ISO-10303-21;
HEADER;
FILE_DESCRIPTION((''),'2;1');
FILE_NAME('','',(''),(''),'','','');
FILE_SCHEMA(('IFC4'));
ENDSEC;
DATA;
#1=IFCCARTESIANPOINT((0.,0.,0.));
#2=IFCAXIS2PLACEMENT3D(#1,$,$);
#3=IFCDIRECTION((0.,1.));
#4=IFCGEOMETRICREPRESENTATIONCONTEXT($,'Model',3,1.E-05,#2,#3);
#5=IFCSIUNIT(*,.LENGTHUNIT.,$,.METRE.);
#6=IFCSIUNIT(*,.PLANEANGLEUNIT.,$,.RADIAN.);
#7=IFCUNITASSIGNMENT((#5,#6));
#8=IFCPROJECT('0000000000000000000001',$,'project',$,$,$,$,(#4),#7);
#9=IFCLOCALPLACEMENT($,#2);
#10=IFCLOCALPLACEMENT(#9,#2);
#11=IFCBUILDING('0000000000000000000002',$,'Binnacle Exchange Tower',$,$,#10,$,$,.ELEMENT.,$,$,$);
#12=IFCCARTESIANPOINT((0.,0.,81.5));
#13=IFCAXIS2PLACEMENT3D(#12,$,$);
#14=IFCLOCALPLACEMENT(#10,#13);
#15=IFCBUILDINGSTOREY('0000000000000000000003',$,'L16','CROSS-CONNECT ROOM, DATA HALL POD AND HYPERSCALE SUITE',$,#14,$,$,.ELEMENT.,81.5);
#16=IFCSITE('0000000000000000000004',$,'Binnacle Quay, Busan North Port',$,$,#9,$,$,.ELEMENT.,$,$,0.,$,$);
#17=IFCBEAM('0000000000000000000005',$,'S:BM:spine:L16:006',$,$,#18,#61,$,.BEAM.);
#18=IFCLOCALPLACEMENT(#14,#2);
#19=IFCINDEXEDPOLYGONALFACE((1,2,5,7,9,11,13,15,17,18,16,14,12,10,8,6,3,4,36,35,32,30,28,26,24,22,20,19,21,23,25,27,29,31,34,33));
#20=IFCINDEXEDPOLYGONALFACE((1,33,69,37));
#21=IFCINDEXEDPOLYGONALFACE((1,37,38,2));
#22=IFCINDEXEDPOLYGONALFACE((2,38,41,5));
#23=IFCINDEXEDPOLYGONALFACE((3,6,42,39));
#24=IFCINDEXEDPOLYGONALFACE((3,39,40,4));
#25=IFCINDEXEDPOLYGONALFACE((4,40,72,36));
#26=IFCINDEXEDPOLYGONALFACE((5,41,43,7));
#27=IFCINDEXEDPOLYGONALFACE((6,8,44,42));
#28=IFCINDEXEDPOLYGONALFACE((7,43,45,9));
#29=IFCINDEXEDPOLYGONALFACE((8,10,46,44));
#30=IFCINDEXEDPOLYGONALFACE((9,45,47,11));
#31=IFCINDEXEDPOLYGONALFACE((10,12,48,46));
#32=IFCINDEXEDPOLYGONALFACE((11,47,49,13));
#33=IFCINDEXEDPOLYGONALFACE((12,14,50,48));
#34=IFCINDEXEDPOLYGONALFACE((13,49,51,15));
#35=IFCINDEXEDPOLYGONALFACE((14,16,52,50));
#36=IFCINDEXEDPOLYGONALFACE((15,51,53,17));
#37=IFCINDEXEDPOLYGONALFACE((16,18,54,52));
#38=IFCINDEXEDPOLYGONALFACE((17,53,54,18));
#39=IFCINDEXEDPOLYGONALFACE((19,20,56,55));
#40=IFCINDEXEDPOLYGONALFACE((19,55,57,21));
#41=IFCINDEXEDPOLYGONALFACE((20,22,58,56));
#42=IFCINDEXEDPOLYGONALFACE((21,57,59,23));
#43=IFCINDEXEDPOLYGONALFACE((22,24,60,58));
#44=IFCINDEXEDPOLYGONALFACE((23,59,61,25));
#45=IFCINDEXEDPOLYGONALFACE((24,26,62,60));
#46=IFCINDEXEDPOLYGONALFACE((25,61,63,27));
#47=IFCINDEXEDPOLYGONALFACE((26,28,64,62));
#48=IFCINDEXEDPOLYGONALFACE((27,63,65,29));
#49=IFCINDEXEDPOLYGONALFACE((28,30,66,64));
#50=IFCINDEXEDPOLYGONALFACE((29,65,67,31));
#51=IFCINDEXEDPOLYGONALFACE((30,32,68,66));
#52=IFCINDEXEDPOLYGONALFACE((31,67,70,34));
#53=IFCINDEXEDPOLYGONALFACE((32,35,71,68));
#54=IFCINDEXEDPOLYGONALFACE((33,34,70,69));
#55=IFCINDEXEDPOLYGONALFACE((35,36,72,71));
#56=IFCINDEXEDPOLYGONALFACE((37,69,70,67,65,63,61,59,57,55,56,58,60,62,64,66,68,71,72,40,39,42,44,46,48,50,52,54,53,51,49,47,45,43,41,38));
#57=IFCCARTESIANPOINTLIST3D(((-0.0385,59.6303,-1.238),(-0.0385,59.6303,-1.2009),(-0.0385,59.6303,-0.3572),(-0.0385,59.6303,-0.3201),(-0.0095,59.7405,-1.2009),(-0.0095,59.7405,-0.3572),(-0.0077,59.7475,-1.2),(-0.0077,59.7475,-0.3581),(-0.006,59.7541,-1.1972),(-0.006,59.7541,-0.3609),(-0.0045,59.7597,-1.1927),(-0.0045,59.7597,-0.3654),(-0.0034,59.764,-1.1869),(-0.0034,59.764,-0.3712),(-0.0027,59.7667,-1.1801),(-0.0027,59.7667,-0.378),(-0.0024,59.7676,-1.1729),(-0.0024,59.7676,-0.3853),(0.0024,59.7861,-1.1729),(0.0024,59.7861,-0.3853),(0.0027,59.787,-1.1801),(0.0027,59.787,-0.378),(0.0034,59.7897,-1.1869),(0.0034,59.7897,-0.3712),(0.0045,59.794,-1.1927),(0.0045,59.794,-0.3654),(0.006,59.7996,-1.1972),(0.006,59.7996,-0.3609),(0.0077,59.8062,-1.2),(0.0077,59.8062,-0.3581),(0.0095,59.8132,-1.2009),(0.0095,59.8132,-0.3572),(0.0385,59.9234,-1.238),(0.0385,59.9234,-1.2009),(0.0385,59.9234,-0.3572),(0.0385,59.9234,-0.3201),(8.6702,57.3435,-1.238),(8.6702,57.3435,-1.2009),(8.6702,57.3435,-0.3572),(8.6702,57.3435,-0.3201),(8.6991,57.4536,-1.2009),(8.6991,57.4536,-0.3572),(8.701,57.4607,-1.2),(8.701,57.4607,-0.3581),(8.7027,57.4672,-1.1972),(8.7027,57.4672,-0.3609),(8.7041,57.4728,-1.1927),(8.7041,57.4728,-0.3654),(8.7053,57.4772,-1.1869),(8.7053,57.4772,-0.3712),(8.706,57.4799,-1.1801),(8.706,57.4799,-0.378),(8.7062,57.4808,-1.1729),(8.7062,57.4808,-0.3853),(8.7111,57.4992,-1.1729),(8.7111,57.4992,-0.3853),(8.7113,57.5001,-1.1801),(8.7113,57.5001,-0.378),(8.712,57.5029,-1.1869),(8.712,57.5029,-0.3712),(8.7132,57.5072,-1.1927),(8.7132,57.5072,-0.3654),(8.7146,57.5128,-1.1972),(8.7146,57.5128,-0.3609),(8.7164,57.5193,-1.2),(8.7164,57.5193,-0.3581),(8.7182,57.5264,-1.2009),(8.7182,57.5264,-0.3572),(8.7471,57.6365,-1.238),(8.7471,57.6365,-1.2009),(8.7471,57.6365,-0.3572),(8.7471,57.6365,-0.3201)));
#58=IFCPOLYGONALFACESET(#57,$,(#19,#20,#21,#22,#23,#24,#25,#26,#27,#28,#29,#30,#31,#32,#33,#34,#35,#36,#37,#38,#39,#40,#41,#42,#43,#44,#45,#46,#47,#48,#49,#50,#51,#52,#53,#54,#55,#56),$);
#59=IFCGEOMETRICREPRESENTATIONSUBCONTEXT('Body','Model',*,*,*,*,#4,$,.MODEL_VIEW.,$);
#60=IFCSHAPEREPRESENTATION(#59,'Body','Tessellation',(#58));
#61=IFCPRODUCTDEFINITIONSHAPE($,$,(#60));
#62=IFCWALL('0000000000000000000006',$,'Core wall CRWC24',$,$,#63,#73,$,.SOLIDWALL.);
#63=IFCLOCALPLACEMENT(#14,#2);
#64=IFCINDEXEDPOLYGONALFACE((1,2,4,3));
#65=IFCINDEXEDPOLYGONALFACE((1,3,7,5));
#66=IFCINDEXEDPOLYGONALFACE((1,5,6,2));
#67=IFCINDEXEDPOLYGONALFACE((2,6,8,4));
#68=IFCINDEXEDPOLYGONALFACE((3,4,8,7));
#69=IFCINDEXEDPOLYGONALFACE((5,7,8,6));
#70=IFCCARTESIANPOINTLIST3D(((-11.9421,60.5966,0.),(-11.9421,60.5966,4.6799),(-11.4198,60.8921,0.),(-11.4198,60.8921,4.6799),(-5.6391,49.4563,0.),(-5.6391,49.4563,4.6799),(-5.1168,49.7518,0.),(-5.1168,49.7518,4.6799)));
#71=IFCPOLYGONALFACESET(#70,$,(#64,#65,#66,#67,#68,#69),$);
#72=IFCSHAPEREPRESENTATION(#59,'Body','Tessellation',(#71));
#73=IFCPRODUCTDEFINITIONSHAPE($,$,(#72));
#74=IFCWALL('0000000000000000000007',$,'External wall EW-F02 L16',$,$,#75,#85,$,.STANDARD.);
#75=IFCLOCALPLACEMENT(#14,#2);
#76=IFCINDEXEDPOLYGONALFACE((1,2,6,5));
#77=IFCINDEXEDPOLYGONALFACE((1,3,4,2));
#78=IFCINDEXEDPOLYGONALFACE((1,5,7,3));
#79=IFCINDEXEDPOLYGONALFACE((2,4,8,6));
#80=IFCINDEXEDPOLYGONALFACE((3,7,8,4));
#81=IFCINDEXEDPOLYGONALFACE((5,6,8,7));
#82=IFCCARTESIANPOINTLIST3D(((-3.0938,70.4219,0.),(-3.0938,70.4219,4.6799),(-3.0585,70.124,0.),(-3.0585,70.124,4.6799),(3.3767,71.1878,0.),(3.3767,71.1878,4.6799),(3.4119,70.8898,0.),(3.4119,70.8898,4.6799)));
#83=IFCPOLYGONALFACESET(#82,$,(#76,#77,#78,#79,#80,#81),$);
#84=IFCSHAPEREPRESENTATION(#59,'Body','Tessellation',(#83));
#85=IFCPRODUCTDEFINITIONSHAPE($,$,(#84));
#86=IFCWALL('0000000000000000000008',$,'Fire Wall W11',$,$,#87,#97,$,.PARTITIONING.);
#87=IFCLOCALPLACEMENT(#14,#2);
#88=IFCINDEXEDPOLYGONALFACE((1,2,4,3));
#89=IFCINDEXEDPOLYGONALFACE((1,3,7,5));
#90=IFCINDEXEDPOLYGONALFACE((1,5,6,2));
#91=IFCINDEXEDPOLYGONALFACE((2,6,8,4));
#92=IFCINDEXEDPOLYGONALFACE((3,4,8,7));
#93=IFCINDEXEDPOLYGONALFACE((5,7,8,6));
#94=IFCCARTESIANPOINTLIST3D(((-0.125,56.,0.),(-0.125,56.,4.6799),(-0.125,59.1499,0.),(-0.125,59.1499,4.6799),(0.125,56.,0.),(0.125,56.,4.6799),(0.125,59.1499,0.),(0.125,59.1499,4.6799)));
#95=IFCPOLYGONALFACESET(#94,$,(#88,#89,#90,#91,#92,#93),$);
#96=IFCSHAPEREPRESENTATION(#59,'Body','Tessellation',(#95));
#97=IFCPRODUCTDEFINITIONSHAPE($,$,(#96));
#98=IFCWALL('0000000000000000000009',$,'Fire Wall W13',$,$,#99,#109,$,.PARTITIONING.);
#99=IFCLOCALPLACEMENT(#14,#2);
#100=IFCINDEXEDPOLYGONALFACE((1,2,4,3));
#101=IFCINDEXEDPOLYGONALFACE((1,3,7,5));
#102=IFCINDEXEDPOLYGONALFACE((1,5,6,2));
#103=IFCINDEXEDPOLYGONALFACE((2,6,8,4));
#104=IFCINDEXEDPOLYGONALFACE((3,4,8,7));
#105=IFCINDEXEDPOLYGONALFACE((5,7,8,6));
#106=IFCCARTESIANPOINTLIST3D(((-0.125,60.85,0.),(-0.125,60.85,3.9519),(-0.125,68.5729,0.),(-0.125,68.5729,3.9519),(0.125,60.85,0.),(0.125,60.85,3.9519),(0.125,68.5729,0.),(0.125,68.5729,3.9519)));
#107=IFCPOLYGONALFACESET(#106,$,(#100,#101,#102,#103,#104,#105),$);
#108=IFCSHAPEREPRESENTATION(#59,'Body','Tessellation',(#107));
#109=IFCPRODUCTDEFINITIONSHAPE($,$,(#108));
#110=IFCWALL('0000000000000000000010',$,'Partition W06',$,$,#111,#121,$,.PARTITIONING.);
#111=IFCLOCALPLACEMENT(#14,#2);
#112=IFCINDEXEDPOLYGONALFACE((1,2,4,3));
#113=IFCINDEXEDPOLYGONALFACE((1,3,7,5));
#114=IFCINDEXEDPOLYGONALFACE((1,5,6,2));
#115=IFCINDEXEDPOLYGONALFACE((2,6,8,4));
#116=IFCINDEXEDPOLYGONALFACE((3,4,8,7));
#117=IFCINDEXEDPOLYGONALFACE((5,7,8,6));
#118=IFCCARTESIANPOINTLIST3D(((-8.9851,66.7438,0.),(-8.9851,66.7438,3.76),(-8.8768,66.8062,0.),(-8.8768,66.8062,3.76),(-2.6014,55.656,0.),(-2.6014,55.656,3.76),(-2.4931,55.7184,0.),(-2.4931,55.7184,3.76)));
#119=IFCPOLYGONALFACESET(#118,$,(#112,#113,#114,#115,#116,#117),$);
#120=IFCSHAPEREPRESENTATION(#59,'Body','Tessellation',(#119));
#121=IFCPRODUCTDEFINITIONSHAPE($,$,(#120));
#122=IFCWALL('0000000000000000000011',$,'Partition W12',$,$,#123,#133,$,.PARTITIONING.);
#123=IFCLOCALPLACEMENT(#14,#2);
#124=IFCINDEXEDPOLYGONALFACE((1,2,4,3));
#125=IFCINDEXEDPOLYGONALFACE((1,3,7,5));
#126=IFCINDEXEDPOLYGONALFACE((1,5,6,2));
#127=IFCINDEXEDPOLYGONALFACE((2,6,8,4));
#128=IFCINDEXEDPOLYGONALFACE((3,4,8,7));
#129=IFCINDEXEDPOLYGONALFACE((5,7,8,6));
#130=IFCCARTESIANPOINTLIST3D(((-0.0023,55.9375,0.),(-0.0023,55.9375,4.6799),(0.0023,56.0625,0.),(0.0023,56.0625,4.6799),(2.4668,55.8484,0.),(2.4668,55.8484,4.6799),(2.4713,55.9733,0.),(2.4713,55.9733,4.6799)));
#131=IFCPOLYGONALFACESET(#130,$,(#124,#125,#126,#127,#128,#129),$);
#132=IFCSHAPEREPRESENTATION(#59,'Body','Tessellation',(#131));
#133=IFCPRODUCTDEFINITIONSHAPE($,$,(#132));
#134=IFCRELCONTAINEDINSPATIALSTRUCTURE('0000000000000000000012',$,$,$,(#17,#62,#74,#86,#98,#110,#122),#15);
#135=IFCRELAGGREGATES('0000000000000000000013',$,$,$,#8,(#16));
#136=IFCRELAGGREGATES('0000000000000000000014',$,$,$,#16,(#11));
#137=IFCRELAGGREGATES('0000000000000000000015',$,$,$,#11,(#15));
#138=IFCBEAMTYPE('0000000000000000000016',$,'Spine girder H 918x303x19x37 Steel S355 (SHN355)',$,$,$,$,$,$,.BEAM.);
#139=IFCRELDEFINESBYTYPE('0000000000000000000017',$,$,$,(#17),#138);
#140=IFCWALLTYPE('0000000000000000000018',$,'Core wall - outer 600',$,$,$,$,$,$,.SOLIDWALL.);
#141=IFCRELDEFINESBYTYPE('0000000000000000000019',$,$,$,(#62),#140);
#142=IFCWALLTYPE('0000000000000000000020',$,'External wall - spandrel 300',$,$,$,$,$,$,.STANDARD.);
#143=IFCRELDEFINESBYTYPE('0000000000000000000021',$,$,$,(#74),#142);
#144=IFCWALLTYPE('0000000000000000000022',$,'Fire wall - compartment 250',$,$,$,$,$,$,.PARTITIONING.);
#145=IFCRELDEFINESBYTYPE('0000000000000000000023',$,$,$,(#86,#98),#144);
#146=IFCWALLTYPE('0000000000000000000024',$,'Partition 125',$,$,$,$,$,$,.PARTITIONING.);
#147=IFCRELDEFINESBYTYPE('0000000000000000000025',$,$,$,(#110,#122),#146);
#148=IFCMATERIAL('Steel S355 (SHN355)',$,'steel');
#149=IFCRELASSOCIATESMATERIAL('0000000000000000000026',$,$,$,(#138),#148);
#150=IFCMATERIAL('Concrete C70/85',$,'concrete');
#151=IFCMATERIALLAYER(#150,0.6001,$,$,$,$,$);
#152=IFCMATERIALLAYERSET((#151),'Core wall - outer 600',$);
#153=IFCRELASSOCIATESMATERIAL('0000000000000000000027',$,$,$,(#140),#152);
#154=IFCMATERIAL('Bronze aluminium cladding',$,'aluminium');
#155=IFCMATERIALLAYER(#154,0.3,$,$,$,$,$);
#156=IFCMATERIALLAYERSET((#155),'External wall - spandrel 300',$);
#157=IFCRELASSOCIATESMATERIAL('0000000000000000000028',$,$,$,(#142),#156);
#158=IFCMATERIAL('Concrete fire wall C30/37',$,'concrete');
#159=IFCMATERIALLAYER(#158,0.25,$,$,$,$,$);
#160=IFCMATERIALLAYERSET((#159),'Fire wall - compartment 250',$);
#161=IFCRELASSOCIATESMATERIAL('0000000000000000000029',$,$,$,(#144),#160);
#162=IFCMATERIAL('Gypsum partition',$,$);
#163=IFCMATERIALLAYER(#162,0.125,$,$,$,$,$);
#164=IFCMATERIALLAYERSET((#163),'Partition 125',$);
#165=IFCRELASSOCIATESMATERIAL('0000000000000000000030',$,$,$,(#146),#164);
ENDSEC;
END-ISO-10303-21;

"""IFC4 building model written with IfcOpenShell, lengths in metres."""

from ifc_helpers import new_model, si_unit, direction, frame, frame_2d, origin, origin_2d, place, context, subcontext, project, spatial, rectangle, i_section, extrude, material, layer, layer_set, material_profile, profile_set, type_object, element, save


model = new_model("IFC4")

# Units and contexts
model_context = context("Model", 3, precision=1e-05, world=origin(), true_north=direction((0.0, 1.0)))
body_context = subcontext(model_context, "Body", "Model", "MODEL_VIEW")
ifc_project = project(units=[si_unit("LENGTHUNIT", "METRE"), si_unit("PLANEANGLEUNIT", "RADIAN")], contexts=[model_context])

# Site, building, storey
site_placement = place(None, origin())
site = spatial("IfcSite", under=ifc_project, at=site_placement, Name="Binnacle Quay, Busan North Port", CompositionType="ELEMENT", RefElevation=0.0)
building_placement = place(site_placement, origin())
building = spatial("IfcBuilding", under=site, at=building_placement, Name="Binnacle Exchange Tower", CompositionType="ELEMENT")
storey_placement = place(building_placement, frame((0.0, 0.0, 81.5)))
storey = spatial("IfcBuildingStorey", under=building, at=storey_placement, Name="L16", Description="CROSS-CONNECT ROOM, DATA HALL POD AND HYPERSCALE SUITE", CompositionType="ELEMENT", Elevation=81.5)

# Shared definitions
ifc_material_1 = material(Name="Concrete C70/85", Category="concrete")

# Beam
ifc_material_2 = material(Name="Steel S355 (SHN355)", Category="steel")
ifc_material_profile_1 = material_profile(ifc_material_2, i_section(OverallWidth=0.303, OverallDepth=0.918, WebThickness=0.019, FlangeThickness=0.0371, FilletRadius=0.0281, at=origin_2d()), Name="H 918x303x19x37")
ifc_profile_set_1 = profile_set([ifc_material_profile_1], Name="Steel S355 (SHN355)")
beam_type_1 = type_object("IfcBeamType", Name="Spine girder H 918x303x19x37 Steel S355 (SHN355)", PredefinedType="BEAM", material=ifc_profile_set_1)
beam_1_placement = place(storey_placement, frame((0.0, 59.7769, -0.7791), z_axis=(0.967209, -0.253983, 0.0), x_axis=(0.253983, 0.967209, 0.0)))
element("IfcBeam", 1, at=beam_1_placement, inside=storey, type_object=beam_type_1, Name="S:BM:spine:L16:006", PredefinedType="BEAM", context=body_context, shape_type="SweptSolid", body=[
    extrude(i_section(OverallWidth=0.303, OverallDepth=0.918, WebThickness=0.019, FlangeThickness=0.0371, FilletRadius=0.0281, at=origin_2d()), origin(), (0.0, 0.0, 1.0), 9.0039),
])

# Walls
ifc_layer_1 = layer(ifc_material_1, 0.6001)
ifc_layer_set_1 = layer_set([ifc_layer_1], Name="Core wall - outer 600")
wall_type_1 = type_object("IfcWallType", Name="Core wall - outer 600", PredefinedType="SOLIDWALL", material=ifc_layer_set_1)
wall_1_placement = place(storey_placement, frame((-11.6809, 60.7444, 0.0), z_axis=(0.0, 0.0, 1.0), x_axis=(0.492427, -0.870354, 0.0)))
element("IfcWall", 2, at=wall_1_placement, inside=storey, type_object=wall_type_1, Name="Core wall CRWC24", PredefinedType="SOLIDWALL", context=body_context, shape_type="SweptSolid", body=[
    extrude(rectangle(XDim=12.7998, YDim=0.6001, at=frame_2d((6.3999, 0.0))), origin(), (0.0, 0.0, 1.0), 4.6799),
])
ifc_material_3 = material(Name="Bronze aluminium cladding", Category="aluminium")
ifc_layer_2 = layer(ifc_material_3, 0.3)
ifc_layer_set_2 = layer_set([ifc_layer_2], Name="External wall - spandrel 300")
wall_type_2 = type_object("IfcWallType", Name="External wall - spandrel 300", PredefinedType="STANDARD", material=ifc_layer_set_2)
wall_2_placement = place(storey_placement, frame((-3.0762, 70.2729, 0.0), z_axis=(0.0, 0.0, 1.0), x_axis=(0.993068, 0.117543, 0.0)))
element("IfcWall", 3, at=wall_2_placement, inside=storey, type_object=wall_type_2, Name="External wall EW-F02 L16", PredefinedType="STANDARD", context=body_context, shape_type="SweptSolid", body=[
    extrude(rectangle(XDim=6.5156, YDim=0.3, at=frame_2d((3.2578, 0.0))), origin(), (0.0, 0.0, 1.0), 4.6799),
])
ifc_material_4 = material(Name="Concrete fire wall C30/37", Category="concrete")
ifc_layer_3 = layer(ifc_material_4, 0.25)
ifc_layer_set_3 = layer_set([ifc_layer_3], Name="Fire wall - compartment 250")
wall_type_3 = type_object("IfcWallType", Name="Fire wall - compartment 250", PredefinedType="PARTITIONING", material=ifc_layer_set_3)
wall_3_placement = place(storey_placement, frame((0.0, 56.0, 0.0), z_axis=(0.0, 0.0, 1.0), x_axis=(0.0, 1.0, 0.0)))
element("IfcWall", 4, at=wall_3_placement, inside=storey, type_object=wall_type_3, Name="Fire Wall W11", PredefinedType="PARTITIONING", context=body_context, shape_type="SweptSolid", body=[
    extrude(rectangle(XDim=3.1499, YDim=0.25, at=frame_2d((1.575, 0.0))), origin(), (0.0, 0.0, 1.0), 4.6799),
])
wall_4_placement = place(storey_placement, frame((0.0, 60.8501, 0.0), z_axis=(0.0, 0.0, 1.0), x_axis=(0.0, 1.0, 0.0)))
element("IfcWall", 5, at=wall_4_placement, inside=storey, type_object=wall_type_3, Name="Fire Wall W13", PredefinedType="PARTITIONING", context=body_context, shape_type="SweptSolid", body=[
    extrude(rectangle(XDim=7.7229, YDim=0.25, at=frame_2d((3.8613, 0.0))), origin(), (0.0, 0.0, 1.0), 3.9519),
])
ifc_material_5 = material(Name="Gypsum partition")
ifc_layer_4 = layer(ifc_material_5, 0.125)
ifc_layer_set_4 = layer_set([ifc_layer_4], Name="Partition 125")
wall_type_4 = type_object("IfcWallType", Name="Partition 125", PredefinedType="PARTITIONING", material=ifc_layer_set_4)
wall_5_placement = place(storey_placement, frame((-8.9309, 66.7749, 0.0), z_axis=(0.0, 0.0, 1.0), x_axis=(0.498956, -0.866627, 0.0)))
element("IfcWall", 6, at=wall_5_placement, inside=storey, type_object=wall_type_4, Name="Partition W06", PredefinedType="PARTITIONING", context=body_context, shape_type="SweptSolid", body=[
    extrude(rectangle(XDim=12.7942, YDim=0.125, at=frame_2d((6.397, 0.0))), origin(), (0.0, 0.0, 1.0), 3.76),
])
wall_6_placement = place(storey_placement, frame((0.0, 56.0, 0.0), z_axis=(0.0, 0.0, 1.0), x_axis=(0.999349, -0.036069, 0.0)))
element("IfcWall", 7, at=wall_6_placement, inside=storey, type_object=wall_type_4, Name="Partition W12", PredefinedType="PARTITIONING", context=body_context, shape_type="SweptSolid", body=[
    extrude(rectangle(XDim=2.4707, YDim=0.125, at=frame_2d((1.2354, 0.0))), origin(), (0.0, 0.0, 1.0), 4.6799),
])

save(model, "model.ifc")
